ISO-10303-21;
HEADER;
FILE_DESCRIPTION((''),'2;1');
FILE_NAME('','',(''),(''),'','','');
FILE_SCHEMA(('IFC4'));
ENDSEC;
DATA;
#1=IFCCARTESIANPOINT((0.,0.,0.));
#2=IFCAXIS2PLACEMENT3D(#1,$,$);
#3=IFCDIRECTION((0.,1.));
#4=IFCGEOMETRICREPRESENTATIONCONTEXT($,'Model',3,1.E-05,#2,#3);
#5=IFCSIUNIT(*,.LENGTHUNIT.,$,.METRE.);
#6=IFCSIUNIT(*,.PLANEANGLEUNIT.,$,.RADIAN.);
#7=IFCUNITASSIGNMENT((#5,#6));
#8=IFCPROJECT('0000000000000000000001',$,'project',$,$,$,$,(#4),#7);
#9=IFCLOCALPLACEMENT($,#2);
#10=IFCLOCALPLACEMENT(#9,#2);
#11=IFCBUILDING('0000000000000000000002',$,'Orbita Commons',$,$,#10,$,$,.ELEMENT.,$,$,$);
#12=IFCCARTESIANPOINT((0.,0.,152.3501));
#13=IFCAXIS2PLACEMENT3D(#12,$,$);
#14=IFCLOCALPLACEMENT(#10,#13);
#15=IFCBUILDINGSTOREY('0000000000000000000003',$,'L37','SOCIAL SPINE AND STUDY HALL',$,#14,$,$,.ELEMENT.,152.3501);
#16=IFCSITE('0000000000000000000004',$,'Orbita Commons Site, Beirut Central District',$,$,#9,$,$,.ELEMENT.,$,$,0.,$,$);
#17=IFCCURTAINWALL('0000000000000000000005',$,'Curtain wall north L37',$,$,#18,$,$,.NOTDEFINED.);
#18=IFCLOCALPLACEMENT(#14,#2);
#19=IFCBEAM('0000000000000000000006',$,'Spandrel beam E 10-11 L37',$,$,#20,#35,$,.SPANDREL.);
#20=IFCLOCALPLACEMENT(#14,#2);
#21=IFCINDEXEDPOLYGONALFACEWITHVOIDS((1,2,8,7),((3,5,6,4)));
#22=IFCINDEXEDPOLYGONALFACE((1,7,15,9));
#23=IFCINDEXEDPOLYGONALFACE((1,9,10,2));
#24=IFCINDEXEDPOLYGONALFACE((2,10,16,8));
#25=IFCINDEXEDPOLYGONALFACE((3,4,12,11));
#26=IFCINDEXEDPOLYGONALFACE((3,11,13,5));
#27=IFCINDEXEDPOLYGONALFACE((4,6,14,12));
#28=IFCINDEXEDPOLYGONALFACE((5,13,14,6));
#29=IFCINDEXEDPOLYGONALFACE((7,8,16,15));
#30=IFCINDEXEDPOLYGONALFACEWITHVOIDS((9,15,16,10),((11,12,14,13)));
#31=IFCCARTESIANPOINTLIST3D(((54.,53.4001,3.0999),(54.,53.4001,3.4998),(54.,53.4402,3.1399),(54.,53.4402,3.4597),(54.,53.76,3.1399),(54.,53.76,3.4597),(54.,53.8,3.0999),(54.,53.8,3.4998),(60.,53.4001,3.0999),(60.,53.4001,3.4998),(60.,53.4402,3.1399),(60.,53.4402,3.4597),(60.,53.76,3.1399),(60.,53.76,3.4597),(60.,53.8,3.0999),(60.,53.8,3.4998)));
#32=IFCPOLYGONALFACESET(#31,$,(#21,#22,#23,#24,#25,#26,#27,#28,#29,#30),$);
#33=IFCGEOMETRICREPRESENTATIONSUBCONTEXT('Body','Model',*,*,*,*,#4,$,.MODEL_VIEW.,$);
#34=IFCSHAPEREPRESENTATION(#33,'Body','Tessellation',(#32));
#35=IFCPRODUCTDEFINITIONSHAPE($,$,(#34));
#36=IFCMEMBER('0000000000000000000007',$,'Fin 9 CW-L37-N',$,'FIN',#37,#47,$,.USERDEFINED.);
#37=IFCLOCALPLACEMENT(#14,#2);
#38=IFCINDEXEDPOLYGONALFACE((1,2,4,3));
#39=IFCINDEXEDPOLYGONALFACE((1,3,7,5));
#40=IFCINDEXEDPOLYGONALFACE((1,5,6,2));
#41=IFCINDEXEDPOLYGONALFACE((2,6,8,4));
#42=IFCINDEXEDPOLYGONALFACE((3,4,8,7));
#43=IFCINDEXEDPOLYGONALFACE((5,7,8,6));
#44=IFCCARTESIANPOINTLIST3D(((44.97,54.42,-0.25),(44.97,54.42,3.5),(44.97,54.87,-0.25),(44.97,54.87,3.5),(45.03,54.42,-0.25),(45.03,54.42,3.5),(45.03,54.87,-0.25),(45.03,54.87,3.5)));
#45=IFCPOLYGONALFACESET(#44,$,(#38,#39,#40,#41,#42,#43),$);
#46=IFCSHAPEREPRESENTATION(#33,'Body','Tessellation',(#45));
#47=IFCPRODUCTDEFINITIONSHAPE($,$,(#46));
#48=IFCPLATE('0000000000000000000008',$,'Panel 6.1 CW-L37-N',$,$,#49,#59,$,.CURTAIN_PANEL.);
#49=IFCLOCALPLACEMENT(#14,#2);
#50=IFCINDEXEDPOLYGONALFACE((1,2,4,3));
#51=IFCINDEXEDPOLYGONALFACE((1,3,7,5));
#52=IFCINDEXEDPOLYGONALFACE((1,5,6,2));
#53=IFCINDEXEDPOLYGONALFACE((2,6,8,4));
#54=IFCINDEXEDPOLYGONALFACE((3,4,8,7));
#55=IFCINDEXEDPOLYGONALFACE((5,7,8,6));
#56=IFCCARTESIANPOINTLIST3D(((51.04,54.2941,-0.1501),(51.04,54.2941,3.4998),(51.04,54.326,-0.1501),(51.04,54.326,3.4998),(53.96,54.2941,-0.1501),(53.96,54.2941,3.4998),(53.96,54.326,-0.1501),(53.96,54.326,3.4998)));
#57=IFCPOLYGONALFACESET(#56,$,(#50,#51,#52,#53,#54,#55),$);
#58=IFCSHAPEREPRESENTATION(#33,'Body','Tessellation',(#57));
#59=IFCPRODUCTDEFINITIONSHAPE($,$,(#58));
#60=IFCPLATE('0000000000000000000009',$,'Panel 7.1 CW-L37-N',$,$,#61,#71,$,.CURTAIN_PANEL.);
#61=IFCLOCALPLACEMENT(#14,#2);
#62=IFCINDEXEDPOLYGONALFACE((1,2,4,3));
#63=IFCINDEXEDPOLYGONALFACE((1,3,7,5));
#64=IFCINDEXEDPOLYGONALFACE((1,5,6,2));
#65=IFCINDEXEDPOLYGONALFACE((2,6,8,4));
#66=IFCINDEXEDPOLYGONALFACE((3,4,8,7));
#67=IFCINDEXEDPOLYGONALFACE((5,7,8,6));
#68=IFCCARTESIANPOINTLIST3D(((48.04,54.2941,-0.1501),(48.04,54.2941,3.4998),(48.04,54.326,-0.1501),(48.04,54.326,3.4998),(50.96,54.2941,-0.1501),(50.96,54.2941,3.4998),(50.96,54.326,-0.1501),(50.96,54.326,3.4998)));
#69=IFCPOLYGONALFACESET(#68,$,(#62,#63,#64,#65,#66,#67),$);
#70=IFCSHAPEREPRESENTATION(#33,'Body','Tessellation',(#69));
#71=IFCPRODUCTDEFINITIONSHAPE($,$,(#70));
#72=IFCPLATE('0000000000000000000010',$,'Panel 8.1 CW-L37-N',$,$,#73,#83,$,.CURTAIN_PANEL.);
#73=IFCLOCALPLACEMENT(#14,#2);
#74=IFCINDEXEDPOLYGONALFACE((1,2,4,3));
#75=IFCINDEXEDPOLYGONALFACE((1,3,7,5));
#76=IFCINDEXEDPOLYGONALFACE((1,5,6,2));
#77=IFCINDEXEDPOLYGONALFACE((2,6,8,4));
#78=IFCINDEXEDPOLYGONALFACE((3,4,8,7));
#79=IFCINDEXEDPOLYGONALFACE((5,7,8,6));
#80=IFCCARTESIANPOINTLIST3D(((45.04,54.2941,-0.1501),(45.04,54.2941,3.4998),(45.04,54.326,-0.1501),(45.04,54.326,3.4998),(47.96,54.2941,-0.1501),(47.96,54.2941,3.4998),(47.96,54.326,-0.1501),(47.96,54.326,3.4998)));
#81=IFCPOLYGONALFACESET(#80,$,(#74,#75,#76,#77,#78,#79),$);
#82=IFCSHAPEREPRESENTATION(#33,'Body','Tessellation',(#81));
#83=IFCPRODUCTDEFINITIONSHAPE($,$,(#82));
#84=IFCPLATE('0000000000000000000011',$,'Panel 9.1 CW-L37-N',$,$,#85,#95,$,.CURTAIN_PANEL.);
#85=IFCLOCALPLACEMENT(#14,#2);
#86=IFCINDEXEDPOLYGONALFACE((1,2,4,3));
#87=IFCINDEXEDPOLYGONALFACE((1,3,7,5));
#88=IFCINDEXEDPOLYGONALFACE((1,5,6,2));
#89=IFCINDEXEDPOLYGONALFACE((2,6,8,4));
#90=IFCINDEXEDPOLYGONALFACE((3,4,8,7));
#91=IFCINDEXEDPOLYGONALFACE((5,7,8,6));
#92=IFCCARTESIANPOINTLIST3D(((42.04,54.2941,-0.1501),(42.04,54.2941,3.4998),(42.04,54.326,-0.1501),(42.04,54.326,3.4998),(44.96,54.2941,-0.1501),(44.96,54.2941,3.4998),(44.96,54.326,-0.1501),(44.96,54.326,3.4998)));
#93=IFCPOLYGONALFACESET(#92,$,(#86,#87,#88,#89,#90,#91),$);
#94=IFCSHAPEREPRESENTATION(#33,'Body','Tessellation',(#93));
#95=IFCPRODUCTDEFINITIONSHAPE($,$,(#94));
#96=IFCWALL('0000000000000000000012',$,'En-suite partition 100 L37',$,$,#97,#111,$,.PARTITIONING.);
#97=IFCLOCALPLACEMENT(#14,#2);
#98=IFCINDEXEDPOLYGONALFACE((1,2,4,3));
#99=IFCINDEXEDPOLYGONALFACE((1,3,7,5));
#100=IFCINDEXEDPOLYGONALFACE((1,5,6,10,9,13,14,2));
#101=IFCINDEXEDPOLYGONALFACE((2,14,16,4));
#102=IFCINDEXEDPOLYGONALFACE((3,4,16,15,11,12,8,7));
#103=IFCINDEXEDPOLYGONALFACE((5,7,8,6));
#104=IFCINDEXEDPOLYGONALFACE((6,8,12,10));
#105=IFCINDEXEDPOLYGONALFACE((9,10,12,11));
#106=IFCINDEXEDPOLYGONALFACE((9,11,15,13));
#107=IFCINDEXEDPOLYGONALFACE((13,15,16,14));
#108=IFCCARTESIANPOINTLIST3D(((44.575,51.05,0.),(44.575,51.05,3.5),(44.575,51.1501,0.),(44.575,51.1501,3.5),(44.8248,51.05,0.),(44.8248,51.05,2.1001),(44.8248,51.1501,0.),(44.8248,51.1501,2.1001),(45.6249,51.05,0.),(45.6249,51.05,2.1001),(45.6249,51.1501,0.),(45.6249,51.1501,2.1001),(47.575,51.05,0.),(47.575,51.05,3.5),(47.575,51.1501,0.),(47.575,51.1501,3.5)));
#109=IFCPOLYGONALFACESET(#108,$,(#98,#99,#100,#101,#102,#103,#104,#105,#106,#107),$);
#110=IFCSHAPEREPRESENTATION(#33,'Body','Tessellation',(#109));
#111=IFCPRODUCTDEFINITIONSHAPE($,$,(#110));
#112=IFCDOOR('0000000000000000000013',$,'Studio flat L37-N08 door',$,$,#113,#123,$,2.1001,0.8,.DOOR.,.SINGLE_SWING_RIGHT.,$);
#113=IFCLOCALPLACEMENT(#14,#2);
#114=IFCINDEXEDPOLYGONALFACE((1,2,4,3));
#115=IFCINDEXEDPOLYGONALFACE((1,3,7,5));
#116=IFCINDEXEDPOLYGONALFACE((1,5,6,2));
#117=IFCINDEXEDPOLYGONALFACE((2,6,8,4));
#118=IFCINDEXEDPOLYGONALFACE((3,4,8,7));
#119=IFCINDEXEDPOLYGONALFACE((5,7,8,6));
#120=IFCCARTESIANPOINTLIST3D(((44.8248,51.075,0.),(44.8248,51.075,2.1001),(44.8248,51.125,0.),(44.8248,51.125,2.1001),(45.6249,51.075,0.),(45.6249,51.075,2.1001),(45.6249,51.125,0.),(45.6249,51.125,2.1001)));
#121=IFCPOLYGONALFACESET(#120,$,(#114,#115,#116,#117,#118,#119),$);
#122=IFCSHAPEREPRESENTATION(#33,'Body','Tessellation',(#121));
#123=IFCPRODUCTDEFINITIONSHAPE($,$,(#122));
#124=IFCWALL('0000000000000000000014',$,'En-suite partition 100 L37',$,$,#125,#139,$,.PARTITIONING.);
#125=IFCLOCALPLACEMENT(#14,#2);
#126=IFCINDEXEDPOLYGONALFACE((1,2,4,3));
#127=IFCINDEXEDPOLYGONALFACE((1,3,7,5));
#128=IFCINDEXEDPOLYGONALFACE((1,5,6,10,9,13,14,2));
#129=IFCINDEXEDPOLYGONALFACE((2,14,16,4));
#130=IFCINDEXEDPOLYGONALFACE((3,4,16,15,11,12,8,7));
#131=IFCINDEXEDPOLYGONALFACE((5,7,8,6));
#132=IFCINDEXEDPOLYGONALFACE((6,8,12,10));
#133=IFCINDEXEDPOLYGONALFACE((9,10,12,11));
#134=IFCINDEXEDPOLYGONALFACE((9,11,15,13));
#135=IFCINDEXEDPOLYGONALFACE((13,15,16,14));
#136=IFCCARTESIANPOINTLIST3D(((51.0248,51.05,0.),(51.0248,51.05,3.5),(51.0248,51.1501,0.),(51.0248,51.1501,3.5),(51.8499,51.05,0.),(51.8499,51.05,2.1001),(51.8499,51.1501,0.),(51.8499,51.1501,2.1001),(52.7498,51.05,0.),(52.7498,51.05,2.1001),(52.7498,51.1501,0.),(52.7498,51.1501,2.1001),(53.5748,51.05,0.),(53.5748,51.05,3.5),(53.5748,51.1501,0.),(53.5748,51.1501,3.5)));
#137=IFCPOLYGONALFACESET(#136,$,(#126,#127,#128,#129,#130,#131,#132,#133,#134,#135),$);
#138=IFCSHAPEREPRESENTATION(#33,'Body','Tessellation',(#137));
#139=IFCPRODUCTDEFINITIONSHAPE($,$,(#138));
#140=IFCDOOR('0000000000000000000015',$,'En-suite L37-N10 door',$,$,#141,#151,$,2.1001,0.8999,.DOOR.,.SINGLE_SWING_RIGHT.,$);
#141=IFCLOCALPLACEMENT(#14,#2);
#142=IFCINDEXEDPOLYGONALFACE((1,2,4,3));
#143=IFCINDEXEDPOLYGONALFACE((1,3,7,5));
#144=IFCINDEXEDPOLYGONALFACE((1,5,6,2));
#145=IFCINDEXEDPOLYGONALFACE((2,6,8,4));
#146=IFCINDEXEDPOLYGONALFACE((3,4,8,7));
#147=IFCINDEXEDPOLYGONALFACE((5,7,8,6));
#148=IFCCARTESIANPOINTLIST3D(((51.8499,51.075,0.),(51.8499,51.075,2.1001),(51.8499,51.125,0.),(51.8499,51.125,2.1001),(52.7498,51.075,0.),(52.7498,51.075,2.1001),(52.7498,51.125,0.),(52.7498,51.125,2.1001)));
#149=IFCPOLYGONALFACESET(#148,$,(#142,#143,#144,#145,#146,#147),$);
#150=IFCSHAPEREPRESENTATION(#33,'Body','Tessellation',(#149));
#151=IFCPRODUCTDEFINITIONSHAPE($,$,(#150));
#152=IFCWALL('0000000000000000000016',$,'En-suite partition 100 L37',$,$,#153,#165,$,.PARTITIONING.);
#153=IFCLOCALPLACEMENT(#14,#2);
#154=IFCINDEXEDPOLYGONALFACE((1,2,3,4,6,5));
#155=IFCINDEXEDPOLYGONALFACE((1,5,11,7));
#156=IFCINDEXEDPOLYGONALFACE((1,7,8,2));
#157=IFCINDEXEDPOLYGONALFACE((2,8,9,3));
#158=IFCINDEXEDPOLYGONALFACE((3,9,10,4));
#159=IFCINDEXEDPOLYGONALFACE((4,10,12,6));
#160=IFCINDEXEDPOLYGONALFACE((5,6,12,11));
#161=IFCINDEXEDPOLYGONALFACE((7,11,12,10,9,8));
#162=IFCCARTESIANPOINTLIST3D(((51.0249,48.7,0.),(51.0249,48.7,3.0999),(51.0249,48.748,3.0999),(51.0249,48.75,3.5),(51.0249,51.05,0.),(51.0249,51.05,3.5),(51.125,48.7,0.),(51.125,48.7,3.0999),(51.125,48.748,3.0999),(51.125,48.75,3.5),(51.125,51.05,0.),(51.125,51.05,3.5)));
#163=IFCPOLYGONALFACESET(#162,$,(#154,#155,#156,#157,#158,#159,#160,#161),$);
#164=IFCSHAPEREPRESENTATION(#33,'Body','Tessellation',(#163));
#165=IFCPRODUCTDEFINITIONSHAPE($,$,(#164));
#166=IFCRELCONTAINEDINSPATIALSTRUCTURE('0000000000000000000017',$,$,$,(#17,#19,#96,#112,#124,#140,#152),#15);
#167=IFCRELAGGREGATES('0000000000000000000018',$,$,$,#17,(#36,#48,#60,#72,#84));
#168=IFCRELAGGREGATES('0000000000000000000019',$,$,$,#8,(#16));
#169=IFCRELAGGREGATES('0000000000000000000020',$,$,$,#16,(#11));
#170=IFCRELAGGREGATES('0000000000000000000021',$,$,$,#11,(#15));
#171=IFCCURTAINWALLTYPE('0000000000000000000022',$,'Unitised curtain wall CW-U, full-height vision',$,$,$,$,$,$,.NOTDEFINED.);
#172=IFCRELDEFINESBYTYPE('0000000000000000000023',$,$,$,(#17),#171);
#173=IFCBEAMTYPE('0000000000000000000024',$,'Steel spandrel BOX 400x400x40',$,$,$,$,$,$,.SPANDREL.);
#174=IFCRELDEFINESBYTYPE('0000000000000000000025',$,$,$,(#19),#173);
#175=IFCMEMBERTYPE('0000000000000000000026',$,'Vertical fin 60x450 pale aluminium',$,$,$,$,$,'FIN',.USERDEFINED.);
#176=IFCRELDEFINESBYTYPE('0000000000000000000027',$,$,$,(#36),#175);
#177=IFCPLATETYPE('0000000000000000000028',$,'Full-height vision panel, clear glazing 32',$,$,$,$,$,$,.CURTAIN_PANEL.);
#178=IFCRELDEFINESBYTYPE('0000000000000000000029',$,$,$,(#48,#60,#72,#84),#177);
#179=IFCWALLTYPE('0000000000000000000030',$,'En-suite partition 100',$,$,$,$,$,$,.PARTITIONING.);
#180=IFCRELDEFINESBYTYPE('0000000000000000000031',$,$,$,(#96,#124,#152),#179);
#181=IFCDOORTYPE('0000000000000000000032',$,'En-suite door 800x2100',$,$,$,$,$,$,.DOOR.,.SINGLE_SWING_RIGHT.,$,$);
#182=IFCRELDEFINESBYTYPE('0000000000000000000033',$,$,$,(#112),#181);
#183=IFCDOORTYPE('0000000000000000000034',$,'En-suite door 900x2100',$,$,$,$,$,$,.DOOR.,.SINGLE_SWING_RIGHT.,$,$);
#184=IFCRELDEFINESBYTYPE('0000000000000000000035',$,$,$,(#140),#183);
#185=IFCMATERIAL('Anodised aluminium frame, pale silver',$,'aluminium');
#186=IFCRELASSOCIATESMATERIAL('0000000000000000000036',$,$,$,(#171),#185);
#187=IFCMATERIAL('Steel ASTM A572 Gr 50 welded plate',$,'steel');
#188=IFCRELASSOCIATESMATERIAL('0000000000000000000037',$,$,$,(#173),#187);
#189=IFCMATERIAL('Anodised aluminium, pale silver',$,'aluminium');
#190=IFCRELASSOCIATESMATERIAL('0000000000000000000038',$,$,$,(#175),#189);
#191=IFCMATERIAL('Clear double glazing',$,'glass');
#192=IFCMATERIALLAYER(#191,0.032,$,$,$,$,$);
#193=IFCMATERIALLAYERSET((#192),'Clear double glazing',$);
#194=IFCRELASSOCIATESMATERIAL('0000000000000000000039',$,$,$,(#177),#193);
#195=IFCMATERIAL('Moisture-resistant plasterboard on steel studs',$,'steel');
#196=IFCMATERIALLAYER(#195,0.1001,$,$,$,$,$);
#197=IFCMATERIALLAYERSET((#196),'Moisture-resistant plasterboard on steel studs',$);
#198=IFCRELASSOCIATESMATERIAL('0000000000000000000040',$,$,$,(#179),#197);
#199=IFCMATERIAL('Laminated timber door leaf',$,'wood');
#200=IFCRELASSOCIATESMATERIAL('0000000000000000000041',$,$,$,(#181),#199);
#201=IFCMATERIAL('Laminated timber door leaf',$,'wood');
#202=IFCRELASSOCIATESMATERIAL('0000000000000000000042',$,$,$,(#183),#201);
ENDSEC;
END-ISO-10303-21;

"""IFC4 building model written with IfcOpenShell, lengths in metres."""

from ifc_helpers import new_model, si_unit, direction, frame, frame_2d, origin, origin_2d, place, context, subcontext, project, spatial, polyline, rectangle, hollow_rectangle, outline, extrude, material, layer, layer_set, material_profile, profile_set, type_object, element, fill, aggregate, save


model = new_model("IFC4")

# Units and contexts
model_context = context("Model", 3, precision=1e-05, world=origin(), true_north=direction((0.0, 1.0)))
body_context = subcontext(model_context, "Body", "Model", "MODEL_VIEW")
ifc_project = project(units=[si_unit("LENGTHUNIT", "METRE"), si_unit("PLANEANGLEUNIT", "RADIAN")], contexts=[model_context])

# Site, building, storey
site_placement = place(None, origin())
site = spatial("IfcSite", under=ifc_project, at=site_placement, Name="Orbita Commons Site, Beirut Central District", CompositionType="ELEMENT", RefElevation=0.0)
building_placement = place(site_placement, origin())
building = spatial("IfcBuilding", under=site, at=building_placement, Name="Orbita Commons", CompositionType="ELEMENT")
storey_placement = place(building_placement, frame((0.0, 0.0, 152.3501)))
storey = spatial("IfcBuildingStorey", under=building, at=storey_placement, Name="L37", Description="SOCIAL SPINE AND STUDY HALL", CompositionType="ELEMENT", Elevation=152.3501)

# Curtain wall
ifc_material_1 = material(Name="Anodised aluminium frame, pale silver", Category="aluminium")
curtain_wall_type = type_object("IfcCurtainWallType", Name="Unitised curtain wall CW-U, full-height vision", PredefinedType="NOTDEFINED", material=ifc_material_1)
curtain_wall_placement = place(storey_placement, origin())
curtain_wall = element("IfcCurtainWall", 1, at=curtain_wall_placement, inside=storey, type_object=curtain_wall_type, Name="Curtain wall north L37", PredefinedType="NOTDEFINED")

# Beam
ifc_material_2 = material(Name="Steel ASTM A572 Gr 50 welded plate", Category="steel")
ifc_material_profile_1 = material_profile(ifc_material_2, hollow_rectangle(XDim=0.3999, YDim=0.3999, WallThickness=0.04, at=origin_2d()), Name="BOX 400x400x40")
ifc_profile_set_1 = profile_set([ifc_material_profile_1], Name="Steel ASTM A572 Gr 50 welded plate")
beam_type = type_object("IfcBeamType", Name="Steel spandrel BOX 400x400x40", PredefinedType="SPANDREL", material=ifc_profile_set_1)
for number, where, z_axis, x_axis, name in (
    (2, (54.0, 53.6001, 3.2998), (1.0, 0.0, 0.0), (0.0, 1.0, 0.0), "Spandrel beam E 10-11 L37"),
):
    element("IfcBeam", number, at=place(storey_placement, frame(where, z_axis=z_axis, x_axis=x_axis)), inside=storey, type_object=beam_type, Name=name, PredefinedType="SPANDREL", context=body_context, shape_type="SweptSolid", body=[
        extrude(hollow_rectangle(XDim=0.3999, YDim=0.3999, WallThickness=0.04, at=origin_2d()), origin(), (0.0, 0.0, 1.0), 6.0),
    ])

# Member
ifc_material_3 = material(Name="Anodised aluminium, pale silver", Category="aluminium")
ifc_material_profile_2 = material_profile(ifc_material_3, rectangle(XDim=0.0601, YDim=0.45, at=origin_2d()), Name="FIN 60x450")
ifc_profile_set_2 = profile_set([ifc_material_profile_2], Name="Anodised aluminium, pale silver")
member_type_1 = type_object("IfcMemberType", Name="Vertical fin 60x450 pale aluminium", ElementType="FIN", PredefinedType="USERDEFINED", material=ifc_profile_set_2)
member_1_placement = place(storey_placement, frame((45.0, 54.645, -0.25), z_axis=(0.0, 0.0, 1.0), x_axis=(-1.0, 0.0, 0.0)))
member_1 = element("IfcMember", 3, at=member_1_placement, type_object=member_type_1, Name="Fin 9 CW-L37-N", ObjectType="FIN", PredefinedType="USERDEFINED", context=body_context, shape_type="SweptSolid", body=[
    extrude(rectangle(XDim=0.0601, YDim=0.45, at=origin_2d()), origin(), (0.0, 0.0, 1.0), 3.75),
])

# Plates
ifc_material_4 = material(Name="Clear double glazing", Category="glass")
ifc_layer_1 = layer(ifc_material_4, 0.032)
ifc_layer_set_1 = layer_set([ifc_layer_1], Name="Clear double glazing")
plate_type = type_object("IfcPlateType", Name="Full-height vision panel, clear glazing 32", PredefinedType="CURTAIN_PANEL", material=ifc_layer_set_1)
plate_1_placement = place(storey_placement, frame((52.5, 54.3101, -0.1501), z_axis=(0.0, 0.0, 1.0), x_axis=(-1.0, 0.0, 0.0)))
plate_1 = element("IfcPlate", 4, at=plate_1_placement, type_object=plate_type, Name="Panel 6.1 CW-L37-N", PredefinedType="CURTAIN_PANEL", context=body_context, shape_type="SweptSolid", body=[
    extrude(rectangle(XDim=2.9199, YDim=0.032, at=origin_2d()), origin(), (0.0, 0.0, 1.0), 3.6499),
])
plate_2_placement = place(storey_placement, frame((49.5, 54.3101, -0.1501), z_axis=(0.0, 0.0, 1.0), x_axis=(-1.0, 0.0, 0.0)))
plate_2 = element("IfcPlate", 5, at=plate_2_placement, type_object=plate_type, Name="Panel 7.1 CW-L37-N", PredefinedType="CURTAIN_PANEL", context=body_context, shape_type="SweptSolid", body=[
    extrude(rectangle(XDim=2.9199, YDim=0.032, at=origin_2d()), origin(), (0.0, 0.0, 1.0), 3.6499),
])
plate_3_placement = place(storey_placement, frame((46.5, 54.3101, -0.1501), z_axis=(0.0, 0.0, 1.0), x_axis=(-1.0, 0.0, 0.0)))
plate_3 = element("IfcPlate", 6, at=plate_3_placement, type_object=plate_type, Name="Panel 8.1 CW-L37-N", PredefinedType="CURTAIN_PANEL", context=body_context, shape_type="SweptSolid", body=[
    extrude(rectangle(XDim=2.9199, YDim=0.032, at=origin_2d()), origin(), (0.0, 0.0, 1.0), 3.6499),
])
plate_4_placement = place(storey_placement, frame((43.5, 54.3101, -0.1501), z_axis=(0.0, 0.0, 1.0), x_axis=(-1.0, 0.0, 0.0)))
plate_4 = element("IfcPlate", 7, at=plate_4_placement, type_object=plate_type, Name="Panel 9.1 CW-L37-N", PredefinedType="CURTAIN_PANEL", context=body_context, shape_type="SweptSolid", body=[
    extrude(rectangle(XDim=2.9199, YDim=0.032, at=origin_2d()), origin(), (0.0, 0.0, 1.0), 3.6499),
])
aggregate(curtain_wall, [member_1, plate_1, plate_2, plate_3, plate_4])

# Walls, openings, doors
ifc_material_5 = material(Name="Moisture-resistant plasterboard on steel studs", Category="steel")
ifc_layer_2 = layer(ifc_material_5, 0.1001)
ifc_layer_set_2 = layer_set([ifc_layer_2], Name="Moisture-resistant plasterboard on steel studs")
wall_type_1 = type_object("IfcWallType", Name="En-suite partition 100", PredefinedType="PARTITIONING", material=ifc_layer_set_2)
wall_1_placement = place(storey_placement, frame((44.575, 51.1001, 0.0), z_axis=(0.0, 0.0, 1.0), x_axis=(1.0, 0.0, 0.0)))
wall_1 = element("IfcWall", 8, at=wall_1_placement, inside=storey, type_object=wall_type_1, Name="En-suite partition 100 L37", PredefinedType="PARTITIONING", context=body_context, shape_type="SweptSolid", body=[
    extrude(rectangle(XDim=3.0, YDim=0.1001, at=frame_2d((1.5, 0.0))), origin(), (0.0, 0.0, 1.0), 3.5),
])
opening_1_placement = place(wall_1_placement, frame((0.25, 0.0, 0.0)))
opening_1 = element("IfcOpeningElement", 9, at=opening_1_placement, cuts=wall_1, PredefinedType="OPENING", context=body_context, shape_type="SweptSolid", body=[
    extrude(rectangle(XDim=0.8, YDim=2.1001, at=frame_2d((0.3999, 1.05))), frame((0.0, 0.0601, 0.0), z_axis=(0.0, -1.0, 0.0), x_axis=(1.0, 0.0, 0.0)), (0.0, 0.0, 1.0), 0.1201),
])
ifc_material_6 = material(Name="Laminated timber door leaf", Category="wood")
door_type_1 = type_object("IfcDoorType", Name="En-suite door 800x2100", OperationType="SINGLE_SWING_RIGHT", PredefinedType="DOOR", material=ifc_material_6)
door_1_placement = place(opening_1_placement, origin())
door_1 = element("IfcDoor", 10, at=door_1_placement, inside=storey, type_object=door_type_1, Name="Studio flat L37-N08 door", OperationType="SINGLE_SWING_RIGHT", OverallHeight=2.1001, OverallWidth=0.8, PredefinedType="DOOR", context=body_context, shape_type="SweptSolid", body=[
    extrude(rectangle(XDim=0.8, YDim=2.1001, at=frame_2d((0.3999, 1.05))), frame((0.0, 0.0249, 0.0), z_axis=(0.0, -1.0, 0.0), x_axis=(1.0, 0.0, 0.0)), (0.0, 0.0, 1.0), 0.05),
])
fill(opening_1, door_1)
wall_2_placement = place(storey_placement, frame((51.0249, 51.1001, 0.0), z_axis=(0.0, 0.0, 1.0), x_axis=(1.0, 0.0, 0.0)))
wall_2 = element("IfcWall", 11, at=wall_2_placement, inside=storey, type_object=wall_type_1, Name="En-suite partition 100 L37", PredefinedType="PARTITIONING", context=body_context, shape_type="SweptSolid", body=[
    extrude(rectangle(XDim=2.55, YDim=0.1001, at=frame_2d((1.2749, 0.0))), origin(), (0.0, 0.0, 1.0), 3.5),
])
opening_2_placement = place(wall_2_placement, frame((0.825, 0.0, 0.0)))
opening_2 = element("IfcOpeningElement", 12, at=opening_2_placement, cuts=wall_2, PredefinedType="OPENING", context=body_context, shape_type="SweptSolid", body=[
    extrude(rectangle(XDim=0.8999, YDim=2.1001, at=frame_2d((0.45, 1.05))), frame((0.0, 0.0601, 0.0), z_axis=(0.0, -1.0, 0.0), x_axis=(1.0, 0.0, 0.0)), (0.0, 0.0, 1.0), 0.1201),
])
ifc_material_7 = material(Name="Laminated timber door leaf", Category="wood")
door_type_2 = type_object("IfcDoorType", Name="En-suite door 900x2100", OperationType="SINGLE_SWING_RIGHT", PredefinedType="DOOR", material=ifc_material_7)
door_2_placement = place(opening_2_placement, origin())
door_2 = element("IfcDoor", 13, at=door_2_placement, inside=storey, type_object=door_type_2, Name="En-suite L37-N10 door", OperationType="SINGLE_SWING_RIGHT", OverallHeight=2.1001, OverallWidth=0.8999, PredefinedType="DOOR", context=body_context, shape_type="SweptSolid", body=[
    extrude(rectangle(XDim=0.8999, YDim=2.1001, at=frame_2d((0.45, 1.05))), frame((0.0, 0.0249, 0.0), z_axis=(0.0, -1.0, 0.0), x_axis=(1.0, 0.0, 0.0)), (0.0, 0.0, 1.0), 0.05),
])
fill(opening_2, door_2)

# Wall
wall_3_placement = place(storey_placement, frame((51.075, 51.05, 0.0), z_axis=(0.0, 0.0, 1.0), x_axis=(0.0, -1.0, 0.0)))
element("IfcWall", 14, at=wall_3_placement, inside=storey, type_object=wall_type_1, Name="En-suite partition 100 L37", PredefinedType="PARTITIONING", context=body_context, shape_type="SweptSolid", body=[
    extrude(outline(polyline([(0.0, 0.0), (2.3501, 0.0), (2.3501, 3.0999), (2.302, 3.0999), (2.3, 3.5), (0.0, 3.5), (0.0, 0.0)])), frame((0.0, 0.05, 0.0), z_axis=(0.0, -1.0, 0.0), x_axis=(1.0, 0.0, 0.0)), (0.0, 0.0, 1.0), 0.1001),
])

save(model, "model.ifc")
